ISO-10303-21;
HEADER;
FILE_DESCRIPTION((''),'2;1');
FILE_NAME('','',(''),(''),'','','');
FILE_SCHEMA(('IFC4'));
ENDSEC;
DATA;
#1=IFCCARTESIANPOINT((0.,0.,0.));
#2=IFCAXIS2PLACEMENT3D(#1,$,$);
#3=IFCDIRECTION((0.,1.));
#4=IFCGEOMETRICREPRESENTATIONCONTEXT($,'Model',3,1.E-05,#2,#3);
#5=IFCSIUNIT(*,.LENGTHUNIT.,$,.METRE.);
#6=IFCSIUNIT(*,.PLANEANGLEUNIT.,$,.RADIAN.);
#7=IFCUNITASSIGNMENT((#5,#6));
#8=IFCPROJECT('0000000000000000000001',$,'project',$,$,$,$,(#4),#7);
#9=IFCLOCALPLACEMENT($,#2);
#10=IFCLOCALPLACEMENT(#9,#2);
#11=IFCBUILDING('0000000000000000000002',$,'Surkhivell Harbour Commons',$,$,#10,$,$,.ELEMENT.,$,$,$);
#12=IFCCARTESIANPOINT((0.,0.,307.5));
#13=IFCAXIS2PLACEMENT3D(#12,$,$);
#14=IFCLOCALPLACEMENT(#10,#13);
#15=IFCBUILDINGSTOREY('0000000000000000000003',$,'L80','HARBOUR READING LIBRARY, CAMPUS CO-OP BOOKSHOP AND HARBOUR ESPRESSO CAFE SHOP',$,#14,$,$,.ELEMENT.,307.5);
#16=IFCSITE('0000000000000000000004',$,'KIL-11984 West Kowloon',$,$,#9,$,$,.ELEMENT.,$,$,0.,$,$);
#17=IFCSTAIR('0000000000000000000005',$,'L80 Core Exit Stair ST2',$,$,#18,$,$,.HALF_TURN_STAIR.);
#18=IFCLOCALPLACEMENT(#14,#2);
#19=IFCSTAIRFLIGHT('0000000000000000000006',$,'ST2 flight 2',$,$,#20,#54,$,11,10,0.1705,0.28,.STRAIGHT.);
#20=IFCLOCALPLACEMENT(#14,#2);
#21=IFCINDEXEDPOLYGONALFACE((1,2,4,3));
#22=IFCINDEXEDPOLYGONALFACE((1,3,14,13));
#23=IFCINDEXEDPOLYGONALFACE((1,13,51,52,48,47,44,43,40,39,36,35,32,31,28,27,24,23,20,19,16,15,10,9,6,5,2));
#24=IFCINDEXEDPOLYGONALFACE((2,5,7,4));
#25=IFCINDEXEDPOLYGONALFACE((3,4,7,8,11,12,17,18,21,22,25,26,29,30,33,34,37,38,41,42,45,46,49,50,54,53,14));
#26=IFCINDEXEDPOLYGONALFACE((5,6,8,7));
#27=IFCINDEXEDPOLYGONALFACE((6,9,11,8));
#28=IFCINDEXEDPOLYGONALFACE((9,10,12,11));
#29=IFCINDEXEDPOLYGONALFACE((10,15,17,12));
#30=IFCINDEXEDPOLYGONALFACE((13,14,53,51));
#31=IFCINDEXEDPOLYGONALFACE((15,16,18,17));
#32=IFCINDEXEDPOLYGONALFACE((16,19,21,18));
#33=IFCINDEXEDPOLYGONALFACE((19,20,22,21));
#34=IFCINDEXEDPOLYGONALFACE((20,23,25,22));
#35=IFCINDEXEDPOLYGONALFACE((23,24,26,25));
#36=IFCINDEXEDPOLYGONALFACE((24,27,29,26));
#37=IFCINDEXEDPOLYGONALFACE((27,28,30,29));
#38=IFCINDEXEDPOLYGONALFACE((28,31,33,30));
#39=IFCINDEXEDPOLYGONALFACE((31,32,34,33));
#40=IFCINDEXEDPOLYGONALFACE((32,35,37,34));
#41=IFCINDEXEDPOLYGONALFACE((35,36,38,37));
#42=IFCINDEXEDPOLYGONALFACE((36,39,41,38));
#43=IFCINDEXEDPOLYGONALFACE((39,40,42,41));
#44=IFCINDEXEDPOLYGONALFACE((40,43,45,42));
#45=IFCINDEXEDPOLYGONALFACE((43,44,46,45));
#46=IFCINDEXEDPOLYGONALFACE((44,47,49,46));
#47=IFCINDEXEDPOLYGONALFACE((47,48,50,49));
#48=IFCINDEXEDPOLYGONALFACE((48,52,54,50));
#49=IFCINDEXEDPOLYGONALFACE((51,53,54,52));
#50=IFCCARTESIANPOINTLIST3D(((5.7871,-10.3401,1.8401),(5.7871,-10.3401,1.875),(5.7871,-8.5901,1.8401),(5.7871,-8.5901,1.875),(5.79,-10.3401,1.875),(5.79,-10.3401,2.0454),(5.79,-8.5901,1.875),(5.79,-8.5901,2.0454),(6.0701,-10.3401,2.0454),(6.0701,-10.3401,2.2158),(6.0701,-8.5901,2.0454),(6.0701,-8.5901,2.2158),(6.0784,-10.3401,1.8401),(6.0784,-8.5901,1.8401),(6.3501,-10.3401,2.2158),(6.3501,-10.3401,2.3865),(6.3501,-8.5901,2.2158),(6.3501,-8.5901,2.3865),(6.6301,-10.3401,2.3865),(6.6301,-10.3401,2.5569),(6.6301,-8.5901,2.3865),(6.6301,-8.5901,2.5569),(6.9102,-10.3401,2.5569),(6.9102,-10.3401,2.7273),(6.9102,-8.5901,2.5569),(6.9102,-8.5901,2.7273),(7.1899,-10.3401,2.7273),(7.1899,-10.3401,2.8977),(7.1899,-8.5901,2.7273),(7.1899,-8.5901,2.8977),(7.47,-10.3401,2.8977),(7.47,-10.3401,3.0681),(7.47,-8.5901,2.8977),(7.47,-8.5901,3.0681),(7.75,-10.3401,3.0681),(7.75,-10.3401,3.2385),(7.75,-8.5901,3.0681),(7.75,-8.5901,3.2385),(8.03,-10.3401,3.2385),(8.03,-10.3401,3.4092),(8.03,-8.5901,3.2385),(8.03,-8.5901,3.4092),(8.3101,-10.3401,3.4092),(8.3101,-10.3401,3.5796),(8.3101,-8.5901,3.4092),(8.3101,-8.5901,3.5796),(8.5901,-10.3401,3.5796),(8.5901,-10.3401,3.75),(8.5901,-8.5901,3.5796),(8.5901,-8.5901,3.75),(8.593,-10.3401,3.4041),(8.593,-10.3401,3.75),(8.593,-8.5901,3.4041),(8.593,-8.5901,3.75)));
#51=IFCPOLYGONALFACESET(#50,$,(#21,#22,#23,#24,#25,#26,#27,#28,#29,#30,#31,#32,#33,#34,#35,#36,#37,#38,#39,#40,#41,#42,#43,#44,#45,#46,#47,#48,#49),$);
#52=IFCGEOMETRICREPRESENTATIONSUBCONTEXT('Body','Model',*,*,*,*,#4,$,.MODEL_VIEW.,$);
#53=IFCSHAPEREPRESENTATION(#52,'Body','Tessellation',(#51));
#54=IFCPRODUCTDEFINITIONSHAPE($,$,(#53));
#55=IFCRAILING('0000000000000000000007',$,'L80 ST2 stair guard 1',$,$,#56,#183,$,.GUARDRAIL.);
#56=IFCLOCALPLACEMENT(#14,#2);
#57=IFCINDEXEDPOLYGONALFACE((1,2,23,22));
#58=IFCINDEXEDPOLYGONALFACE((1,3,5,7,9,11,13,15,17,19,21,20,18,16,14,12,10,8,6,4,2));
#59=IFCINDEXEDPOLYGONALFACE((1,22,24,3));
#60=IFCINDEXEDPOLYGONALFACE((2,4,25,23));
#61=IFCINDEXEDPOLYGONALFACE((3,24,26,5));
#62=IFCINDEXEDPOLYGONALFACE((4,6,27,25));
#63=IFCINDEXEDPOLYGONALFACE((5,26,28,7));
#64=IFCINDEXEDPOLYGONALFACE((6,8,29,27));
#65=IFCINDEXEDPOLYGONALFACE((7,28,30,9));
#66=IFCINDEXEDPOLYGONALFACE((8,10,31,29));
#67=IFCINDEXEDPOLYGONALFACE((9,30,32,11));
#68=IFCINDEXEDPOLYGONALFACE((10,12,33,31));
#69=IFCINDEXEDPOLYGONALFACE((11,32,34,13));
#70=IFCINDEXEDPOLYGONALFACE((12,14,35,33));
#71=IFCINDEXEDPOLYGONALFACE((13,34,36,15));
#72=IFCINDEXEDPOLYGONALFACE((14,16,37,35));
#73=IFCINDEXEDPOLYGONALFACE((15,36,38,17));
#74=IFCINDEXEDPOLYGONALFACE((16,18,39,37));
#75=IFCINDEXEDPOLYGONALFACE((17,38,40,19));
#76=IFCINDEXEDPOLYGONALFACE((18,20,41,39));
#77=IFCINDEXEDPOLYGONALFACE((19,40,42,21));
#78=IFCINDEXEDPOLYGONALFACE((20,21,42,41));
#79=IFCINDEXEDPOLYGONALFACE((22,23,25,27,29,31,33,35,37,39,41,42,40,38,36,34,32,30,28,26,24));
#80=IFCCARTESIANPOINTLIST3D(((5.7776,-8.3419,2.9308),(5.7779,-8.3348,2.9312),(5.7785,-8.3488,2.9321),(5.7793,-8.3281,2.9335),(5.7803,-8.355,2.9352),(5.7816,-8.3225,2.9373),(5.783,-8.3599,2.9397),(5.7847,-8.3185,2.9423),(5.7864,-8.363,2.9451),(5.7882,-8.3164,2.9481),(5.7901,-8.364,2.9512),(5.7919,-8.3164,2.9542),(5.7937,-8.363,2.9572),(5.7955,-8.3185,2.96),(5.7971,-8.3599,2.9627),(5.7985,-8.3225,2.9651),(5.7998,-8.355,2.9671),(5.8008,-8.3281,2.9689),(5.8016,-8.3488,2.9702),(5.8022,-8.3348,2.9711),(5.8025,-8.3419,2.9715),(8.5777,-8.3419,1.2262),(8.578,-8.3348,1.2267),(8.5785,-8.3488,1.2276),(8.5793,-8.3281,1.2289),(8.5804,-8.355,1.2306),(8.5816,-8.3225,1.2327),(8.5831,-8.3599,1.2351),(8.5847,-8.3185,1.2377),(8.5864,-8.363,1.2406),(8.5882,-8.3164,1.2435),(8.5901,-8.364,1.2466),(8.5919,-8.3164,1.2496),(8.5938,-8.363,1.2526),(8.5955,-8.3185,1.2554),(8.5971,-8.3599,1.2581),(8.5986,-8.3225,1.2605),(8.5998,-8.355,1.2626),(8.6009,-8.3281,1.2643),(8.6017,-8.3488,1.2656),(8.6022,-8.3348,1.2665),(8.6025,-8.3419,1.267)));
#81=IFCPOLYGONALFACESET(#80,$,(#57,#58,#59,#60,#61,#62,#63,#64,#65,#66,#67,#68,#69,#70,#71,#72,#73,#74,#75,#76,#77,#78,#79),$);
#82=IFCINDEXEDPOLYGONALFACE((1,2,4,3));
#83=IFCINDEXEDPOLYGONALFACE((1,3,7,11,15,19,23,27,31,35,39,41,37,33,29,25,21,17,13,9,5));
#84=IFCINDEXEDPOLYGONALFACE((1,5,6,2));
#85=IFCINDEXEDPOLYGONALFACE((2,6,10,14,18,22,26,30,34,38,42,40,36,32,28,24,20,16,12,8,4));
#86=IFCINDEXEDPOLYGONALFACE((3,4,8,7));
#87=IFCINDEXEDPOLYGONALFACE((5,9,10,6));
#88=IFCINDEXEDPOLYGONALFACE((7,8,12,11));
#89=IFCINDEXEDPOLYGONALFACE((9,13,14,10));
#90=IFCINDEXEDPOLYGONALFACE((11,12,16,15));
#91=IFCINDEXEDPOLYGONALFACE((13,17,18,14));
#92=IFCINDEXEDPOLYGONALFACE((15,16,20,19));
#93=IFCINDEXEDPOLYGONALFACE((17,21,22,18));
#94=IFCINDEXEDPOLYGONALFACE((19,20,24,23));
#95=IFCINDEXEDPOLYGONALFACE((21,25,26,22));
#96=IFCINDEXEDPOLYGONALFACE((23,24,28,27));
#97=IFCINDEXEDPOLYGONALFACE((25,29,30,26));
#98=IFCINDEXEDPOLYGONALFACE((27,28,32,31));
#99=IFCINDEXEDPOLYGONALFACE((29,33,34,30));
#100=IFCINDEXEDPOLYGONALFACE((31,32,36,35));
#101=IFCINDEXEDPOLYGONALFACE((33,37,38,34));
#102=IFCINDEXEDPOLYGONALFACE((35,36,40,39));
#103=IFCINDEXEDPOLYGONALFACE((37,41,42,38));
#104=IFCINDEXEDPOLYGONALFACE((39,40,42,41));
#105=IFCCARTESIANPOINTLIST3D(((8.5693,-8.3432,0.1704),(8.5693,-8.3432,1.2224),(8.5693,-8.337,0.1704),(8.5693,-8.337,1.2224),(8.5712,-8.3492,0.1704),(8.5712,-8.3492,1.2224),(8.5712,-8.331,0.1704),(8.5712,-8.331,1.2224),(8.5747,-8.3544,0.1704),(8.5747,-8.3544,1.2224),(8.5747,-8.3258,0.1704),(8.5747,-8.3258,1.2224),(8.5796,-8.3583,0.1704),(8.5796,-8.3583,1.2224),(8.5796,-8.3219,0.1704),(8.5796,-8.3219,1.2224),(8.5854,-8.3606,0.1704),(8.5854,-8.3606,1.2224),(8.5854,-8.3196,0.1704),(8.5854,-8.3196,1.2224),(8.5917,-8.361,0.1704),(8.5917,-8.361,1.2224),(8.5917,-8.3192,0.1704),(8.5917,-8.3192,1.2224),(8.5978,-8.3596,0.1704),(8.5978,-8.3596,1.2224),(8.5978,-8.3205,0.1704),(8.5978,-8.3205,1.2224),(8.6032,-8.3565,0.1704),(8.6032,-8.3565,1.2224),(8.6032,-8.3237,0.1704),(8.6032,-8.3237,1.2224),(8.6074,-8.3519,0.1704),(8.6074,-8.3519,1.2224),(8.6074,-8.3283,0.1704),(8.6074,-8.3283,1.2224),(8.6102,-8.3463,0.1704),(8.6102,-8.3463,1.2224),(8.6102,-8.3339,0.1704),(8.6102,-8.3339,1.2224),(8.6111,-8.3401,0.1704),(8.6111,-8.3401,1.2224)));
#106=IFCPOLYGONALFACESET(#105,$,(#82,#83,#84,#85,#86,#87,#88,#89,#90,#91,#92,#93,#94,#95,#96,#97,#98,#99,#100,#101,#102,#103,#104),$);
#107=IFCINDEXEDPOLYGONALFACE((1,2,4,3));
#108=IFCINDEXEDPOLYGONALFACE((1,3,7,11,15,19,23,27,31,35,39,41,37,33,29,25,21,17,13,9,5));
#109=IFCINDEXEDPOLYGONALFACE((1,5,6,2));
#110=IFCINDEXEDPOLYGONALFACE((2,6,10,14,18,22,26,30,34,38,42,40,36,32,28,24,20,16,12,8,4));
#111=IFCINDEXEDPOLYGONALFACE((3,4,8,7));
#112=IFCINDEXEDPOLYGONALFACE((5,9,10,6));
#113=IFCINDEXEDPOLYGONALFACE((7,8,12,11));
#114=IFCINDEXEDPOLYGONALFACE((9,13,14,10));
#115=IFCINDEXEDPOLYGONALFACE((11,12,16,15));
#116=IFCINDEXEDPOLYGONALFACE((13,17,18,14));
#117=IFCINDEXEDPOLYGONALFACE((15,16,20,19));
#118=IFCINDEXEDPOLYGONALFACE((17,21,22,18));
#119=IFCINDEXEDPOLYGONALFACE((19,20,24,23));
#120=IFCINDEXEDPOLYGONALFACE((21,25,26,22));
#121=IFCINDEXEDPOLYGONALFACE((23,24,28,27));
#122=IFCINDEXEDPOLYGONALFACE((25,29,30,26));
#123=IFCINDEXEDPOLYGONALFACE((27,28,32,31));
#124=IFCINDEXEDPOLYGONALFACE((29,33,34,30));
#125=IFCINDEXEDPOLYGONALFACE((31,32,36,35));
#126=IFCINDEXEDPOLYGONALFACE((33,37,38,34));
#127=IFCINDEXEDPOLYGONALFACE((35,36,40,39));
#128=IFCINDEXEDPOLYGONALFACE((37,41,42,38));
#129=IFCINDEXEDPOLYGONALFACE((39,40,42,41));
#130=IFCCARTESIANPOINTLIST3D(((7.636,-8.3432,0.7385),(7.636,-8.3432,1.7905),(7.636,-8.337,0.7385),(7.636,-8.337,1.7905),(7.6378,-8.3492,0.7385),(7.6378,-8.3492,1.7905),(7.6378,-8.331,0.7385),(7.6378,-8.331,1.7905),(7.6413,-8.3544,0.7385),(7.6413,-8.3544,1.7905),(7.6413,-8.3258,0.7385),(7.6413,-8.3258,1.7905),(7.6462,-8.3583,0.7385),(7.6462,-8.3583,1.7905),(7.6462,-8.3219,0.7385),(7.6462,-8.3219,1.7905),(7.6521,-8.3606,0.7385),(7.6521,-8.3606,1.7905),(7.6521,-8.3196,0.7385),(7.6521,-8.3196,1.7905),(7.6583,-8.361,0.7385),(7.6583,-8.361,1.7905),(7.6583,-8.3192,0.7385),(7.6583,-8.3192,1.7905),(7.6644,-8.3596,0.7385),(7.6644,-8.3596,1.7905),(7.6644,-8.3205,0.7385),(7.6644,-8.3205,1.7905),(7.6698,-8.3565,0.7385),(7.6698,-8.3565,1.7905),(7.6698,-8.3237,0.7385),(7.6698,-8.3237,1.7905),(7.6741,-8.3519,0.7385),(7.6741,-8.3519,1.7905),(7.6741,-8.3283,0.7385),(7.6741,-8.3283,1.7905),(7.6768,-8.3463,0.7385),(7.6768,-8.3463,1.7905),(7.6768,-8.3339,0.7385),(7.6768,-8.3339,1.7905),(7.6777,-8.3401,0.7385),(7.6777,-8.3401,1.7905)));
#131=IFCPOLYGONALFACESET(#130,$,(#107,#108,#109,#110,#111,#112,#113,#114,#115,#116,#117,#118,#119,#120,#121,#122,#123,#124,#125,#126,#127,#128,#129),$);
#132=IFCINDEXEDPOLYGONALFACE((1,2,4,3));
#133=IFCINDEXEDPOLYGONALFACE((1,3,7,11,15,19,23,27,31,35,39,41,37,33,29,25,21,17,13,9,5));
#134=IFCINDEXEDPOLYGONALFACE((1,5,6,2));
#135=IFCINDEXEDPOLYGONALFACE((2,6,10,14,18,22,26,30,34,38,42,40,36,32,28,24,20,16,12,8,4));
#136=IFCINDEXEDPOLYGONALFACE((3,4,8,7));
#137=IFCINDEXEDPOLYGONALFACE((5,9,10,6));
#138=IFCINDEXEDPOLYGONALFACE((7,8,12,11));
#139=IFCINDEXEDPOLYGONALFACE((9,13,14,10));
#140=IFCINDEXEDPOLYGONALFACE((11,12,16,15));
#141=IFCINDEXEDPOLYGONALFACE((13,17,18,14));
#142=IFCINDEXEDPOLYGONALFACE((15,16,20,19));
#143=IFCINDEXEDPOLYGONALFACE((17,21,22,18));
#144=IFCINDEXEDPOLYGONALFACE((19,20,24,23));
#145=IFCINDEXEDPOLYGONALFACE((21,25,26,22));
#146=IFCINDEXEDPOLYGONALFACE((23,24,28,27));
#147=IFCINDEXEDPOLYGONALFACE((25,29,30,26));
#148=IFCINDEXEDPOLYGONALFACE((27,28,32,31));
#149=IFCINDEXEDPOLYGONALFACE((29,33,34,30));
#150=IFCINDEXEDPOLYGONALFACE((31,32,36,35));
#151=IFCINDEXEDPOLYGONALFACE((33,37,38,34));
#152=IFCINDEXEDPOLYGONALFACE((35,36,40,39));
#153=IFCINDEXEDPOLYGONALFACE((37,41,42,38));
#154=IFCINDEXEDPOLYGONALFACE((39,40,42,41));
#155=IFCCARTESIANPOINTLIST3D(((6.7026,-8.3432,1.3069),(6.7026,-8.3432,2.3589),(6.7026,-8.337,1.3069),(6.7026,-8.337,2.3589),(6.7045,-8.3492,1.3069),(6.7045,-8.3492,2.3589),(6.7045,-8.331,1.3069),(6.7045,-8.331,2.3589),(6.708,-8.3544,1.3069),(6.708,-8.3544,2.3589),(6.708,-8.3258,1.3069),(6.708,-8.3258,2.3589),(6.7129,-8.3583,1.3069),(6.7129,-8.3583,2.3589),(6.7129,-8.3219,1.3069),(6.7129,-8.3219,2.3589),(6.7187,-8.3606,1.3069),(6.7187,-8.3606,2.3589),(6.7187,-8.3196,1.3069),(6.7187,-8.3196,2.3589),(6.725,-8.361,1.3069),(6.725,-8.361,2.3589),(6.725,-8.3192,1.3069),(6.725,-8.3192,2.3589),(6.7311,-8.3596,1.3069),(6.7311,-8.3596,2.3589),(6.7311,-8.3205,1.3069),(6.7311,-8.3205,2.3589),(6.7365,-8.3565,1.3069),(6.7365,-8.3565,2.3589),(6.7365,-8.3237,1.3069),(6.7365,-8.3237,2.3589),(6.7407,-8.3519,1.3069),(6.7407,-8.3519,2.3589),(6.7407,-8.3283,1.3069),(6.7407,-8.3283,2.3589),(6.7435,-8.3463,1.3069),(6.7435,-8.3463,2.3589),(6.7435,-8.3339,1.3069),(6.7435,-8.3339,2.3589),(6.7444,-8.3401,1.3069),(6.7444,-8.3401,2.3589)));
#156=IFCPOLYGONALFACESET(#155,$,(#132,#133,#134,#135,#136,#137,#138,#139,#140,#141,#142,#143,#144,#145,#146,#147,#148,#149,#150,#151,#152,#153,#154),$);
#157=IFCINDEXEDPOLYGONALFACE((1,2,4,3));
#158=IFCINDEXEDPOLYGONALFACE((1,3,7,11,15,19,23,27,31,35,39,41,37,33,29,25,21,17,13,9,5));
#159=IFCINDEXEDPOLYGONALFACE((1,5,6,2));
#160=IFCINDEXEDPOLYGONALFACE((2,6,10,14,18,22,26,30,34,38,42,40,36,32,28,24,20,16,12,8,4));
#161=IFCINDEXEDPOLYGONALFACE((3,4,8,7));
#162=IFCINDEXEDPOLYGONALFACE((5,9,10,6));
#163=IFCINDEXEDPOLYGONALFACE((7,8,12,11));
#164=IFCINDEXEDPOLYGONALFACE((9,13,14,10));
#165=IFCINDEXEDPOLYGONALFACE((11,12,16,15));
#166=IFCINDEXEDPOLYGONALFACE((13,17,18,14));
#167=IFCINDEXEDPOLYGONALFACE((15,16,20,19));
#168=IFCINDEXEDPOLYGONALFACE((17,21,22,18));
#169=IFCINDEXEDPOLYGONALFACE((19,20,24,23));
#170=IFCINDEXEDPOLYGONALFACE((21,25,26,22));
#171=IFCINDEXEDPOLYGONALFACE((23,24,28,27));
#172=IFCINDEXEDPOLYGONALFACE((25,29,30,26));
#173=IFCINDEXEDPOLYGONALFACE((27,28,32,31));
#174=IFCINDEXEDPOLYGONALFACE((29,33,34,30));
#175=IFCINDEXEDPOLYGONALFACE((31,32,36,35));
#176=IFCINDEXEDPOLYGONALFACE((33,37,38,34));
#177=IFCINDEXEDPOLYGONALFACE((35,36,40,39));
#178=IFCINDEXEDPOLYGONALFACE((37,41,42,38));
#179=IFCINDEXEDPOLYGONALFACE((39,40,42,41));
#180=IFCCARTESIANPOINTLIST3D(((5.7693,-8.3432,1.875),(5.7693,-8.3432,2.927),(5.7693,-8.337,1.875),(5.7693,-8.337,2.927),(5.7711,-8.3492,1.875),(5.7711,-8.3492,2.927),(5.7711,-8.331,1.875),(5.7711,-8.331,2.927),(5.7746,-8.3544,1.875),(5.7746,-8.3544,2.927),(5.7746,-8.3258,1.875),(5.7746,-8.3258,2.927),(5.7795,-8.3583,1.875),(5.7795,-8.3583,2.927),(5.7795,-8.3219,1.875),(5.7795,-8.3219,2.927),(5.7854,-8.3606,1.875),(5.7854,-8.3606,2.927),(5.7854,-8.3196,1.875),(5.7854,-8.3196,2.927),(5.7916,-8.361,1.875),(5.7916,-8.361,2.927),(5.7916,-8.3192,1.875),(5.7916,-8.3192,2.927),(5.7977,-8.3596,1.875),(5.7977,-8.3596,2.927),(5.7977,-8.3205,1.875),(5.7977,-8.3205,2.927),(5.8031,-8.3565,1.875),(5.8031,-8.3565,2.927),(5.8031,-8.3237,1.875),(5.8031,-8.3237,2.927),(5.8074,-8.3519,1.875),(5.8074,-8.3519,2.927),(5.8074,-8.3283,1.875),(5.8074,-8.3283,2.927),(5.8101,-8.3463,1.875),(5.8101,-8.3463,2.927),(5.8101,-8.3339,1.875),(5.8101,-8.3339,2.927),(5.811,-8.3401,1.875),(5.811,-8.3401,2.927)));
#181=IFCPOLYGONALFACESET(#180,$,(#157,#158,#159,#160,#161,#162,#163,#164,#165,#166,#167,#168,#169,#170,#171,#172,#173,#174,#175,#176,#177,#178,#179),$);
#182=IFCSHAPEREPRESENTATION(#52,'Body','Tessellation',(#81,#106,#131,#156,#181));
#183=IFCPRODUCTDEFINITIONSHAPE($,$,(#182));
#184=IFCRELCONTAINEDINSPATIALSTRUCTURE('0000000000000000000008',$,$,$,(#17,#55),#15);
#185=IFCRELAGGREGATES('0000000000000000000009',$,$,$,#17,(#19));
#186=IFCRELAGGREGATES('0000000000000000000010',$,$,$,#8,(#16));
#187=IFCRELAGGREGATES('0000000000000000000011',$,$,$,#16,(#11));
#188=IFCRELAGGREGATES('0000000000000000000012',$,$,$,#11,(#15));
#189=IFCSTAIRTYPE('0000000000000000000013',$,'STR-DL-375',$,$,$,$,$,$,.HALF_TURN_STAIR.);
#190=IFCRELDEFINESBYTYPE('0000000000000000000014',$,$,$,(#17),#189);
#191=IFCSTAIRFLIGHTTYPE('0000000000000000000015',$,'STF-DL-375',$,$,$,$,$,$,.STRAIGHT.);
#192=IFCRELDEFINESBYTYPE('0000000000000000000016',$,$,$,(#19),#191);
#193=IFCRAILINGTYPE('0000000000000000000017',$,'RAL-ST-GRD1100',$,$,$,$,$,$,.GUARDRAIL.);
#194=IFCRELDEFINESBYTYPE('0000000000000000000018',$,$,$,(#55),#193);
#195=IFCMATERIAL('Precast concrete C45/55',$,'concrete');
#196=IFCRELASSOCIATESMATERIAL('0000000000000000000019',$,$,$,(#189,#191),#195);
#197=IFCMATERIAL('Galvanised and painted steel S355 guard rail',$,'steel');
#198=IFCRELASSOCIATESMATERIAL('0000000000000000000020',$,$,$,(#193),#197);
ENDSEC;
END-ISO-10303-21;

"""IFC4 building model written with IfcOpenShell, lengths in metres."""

from ifc_helpers import new_model, si_unit, direction, frame, origin, origin_2d, place, context, subcontext, project, spatial, polyline, circle, outline, extrude, material, type_object, element, aggregate, save


model = new_model("IFC4")

# Units and contexts
model_context = context("Model", 3, precision=1e-05, world=origin(), true_north=direction((0.0, 1.0)))
body_context = subcontext(model_context, "Body", "Model", "MODEL_VIEW")
ifc_project = project(units=[si_unit("LENGTHUNIT", "METRE"), si_unit("PLANEANGLEUNIT", "RADIAN")], contexts=[model_context])

# Site, building, storey
site_placement = place(None, origin())
site = spatial("IfcSite", under=ifc_project, at=site_placement, Name="KIL-11984 West Kowloon", CompositionType="ELEMENT", RefElevation=0.0)
building_placement = place(site_placement, origin())
building = spatial("IfcBuilding", under=site, at=building_placement, Name="Surkhivell Harbour Commons", CompositionType="ELEMENT")
storey_placement = place(building_placement, frame((0.0, 0.0, 307.5)))
storey = spatial("IfcBuildingStorey", under=building, at=storey_placement, Name="L80", Description="HARBOUR READING LIBRARY, CAMPUS CO-OP BOOKSHOP AND HARBOUR ESPRESSO CAFE SHOP", CompositionType="ELEMENT", Elevation=307.5)

# Stair, stair flight
ifc_material_1 = material(Name="Precast concrete C45/55", Category="concrete")
stair_type = type_object("IfcStairType", Name="STR-DL-375", PredefinedType="HALF_TURN_STAIR", material=ifc_material_1)
stair_placement = place(storey_placement, origin())
stair = element("IfcStair", 1, at=stair_placement, inside=storey, type_object=stair_type, Name="L80 Core Exit Stair ST2", PredefinedType="HALF_TURN_STAIR")
stair_flight_type = type_object("IfcStairFlightType", Name="STF-DL-375", PredefinedType="STRAIGHT", material=ifc_material_1)
stair_flight_1_placement = place(storey_placement, frame((5.79, -9.4651, 1.875), z_axis=(0.0, 0.0, 1.0), x_axis=(1.0, 0.0, 0.0)))
stair_flight_1 = element("IfcStairFlight", 2, at=stair_flight_1_placement, type_object=stair_flight_type, Name="ST2 flight 2", NumberOfRisers=11, NumberOfTreads=10, PredefinedType="STRAIGHT", RiserHeight=0.1705, TreadLength=0.28, context=body_context, shape_type="SweptSolid", body=[
    extrude(outline(polyline([(-0.0029, -0.0349), (-0.0029, 0.0), (0.0, 0.0), (0.0, 0.1704), (0.28, 0.1704), (0.28, 0.3408), (0.5601, 0.3408), (0.5601, 0.5115), (0.8401, 0.5115), (0.8401, 0.6819), (1.1201, 0.6819), (1.1201, 0.8523), (1.3999, 0.8523), (1.3999, 1.0227), (1.6799, 1.0227), (1.6799, 1.1931), (1.96, 1.1931), (1.96, 1.3635), (2.24, 1.3635), (2.24, 1.5342), (2.52, 1.5342), (2.52, 1.7046), (2.8, 1.7046), (2.8, 1.875), (2.803, 1.875), (2.803, 1.5291), (0.2883, -0.0349), (-0.0029, -0.0349)])), frame((0.0, 0.875, 0.0), z_axis=(0.0, -1.0, 0.0), x_axis=(1.0, 0.0, 0.0)), (0.0, 0.0, 1.0), 1.75),
])
aggregate(stair, [stair_flight_1])

# Railing
ifc_material_2 = material(Name="Galvanised and painted steel S355 guard rail", Category="steel")
railing_type_1 = type_object("IfcRailingType", Name="RAL-ST-GRD1100", PredefinedType="GUARDRAIL", material=ifc_material_2)
railing_1_placement = place(storey_placement, frame((8.5901, -8.3401, 0.1704)))
element("IfcRailing", 3, at=railing_1_placement, inside=storey, type_object=railing_type_1, Name="L80 ST2 stair guard 1", PredefinedType="GUARDRAIL", context=body_context, shape_type="SweptSolid", body=[
    extrude(circle(Radius=0.0239, at=origin_2d()), frame((0.0, 0.0, 1.0762), z_axis=(-0.85417, 0.0, 0.519994), x_axis=(0.0, -1.0, 0.0)), (0.0, 0.0, 1.0), 3.2781),
    extrude(circle(Radius=0.021, at=origin_2d()), origin(), (0.0, 0.0, 1.0), 1.052),
    extrude(circle(Radius=0.021, at=origin_2d()), frame((-0.9333, 0.0, 0.5681)), (0.0, 0.0, 1.0), 1.052),
    extrude(circle(Radius=0.021, at=origin_2d()), frame((-1.8667, 0.0, 1.1365)), (0.0, 0.0, 1.0), 1.052),
    extrude(circle(Radius=0.021, at=origin_2d()), frame((-2.8, 0.0, 1.7046)), (0.0, 0.0, 1.0), 1.052),
])

save(model, "model.ifc")
